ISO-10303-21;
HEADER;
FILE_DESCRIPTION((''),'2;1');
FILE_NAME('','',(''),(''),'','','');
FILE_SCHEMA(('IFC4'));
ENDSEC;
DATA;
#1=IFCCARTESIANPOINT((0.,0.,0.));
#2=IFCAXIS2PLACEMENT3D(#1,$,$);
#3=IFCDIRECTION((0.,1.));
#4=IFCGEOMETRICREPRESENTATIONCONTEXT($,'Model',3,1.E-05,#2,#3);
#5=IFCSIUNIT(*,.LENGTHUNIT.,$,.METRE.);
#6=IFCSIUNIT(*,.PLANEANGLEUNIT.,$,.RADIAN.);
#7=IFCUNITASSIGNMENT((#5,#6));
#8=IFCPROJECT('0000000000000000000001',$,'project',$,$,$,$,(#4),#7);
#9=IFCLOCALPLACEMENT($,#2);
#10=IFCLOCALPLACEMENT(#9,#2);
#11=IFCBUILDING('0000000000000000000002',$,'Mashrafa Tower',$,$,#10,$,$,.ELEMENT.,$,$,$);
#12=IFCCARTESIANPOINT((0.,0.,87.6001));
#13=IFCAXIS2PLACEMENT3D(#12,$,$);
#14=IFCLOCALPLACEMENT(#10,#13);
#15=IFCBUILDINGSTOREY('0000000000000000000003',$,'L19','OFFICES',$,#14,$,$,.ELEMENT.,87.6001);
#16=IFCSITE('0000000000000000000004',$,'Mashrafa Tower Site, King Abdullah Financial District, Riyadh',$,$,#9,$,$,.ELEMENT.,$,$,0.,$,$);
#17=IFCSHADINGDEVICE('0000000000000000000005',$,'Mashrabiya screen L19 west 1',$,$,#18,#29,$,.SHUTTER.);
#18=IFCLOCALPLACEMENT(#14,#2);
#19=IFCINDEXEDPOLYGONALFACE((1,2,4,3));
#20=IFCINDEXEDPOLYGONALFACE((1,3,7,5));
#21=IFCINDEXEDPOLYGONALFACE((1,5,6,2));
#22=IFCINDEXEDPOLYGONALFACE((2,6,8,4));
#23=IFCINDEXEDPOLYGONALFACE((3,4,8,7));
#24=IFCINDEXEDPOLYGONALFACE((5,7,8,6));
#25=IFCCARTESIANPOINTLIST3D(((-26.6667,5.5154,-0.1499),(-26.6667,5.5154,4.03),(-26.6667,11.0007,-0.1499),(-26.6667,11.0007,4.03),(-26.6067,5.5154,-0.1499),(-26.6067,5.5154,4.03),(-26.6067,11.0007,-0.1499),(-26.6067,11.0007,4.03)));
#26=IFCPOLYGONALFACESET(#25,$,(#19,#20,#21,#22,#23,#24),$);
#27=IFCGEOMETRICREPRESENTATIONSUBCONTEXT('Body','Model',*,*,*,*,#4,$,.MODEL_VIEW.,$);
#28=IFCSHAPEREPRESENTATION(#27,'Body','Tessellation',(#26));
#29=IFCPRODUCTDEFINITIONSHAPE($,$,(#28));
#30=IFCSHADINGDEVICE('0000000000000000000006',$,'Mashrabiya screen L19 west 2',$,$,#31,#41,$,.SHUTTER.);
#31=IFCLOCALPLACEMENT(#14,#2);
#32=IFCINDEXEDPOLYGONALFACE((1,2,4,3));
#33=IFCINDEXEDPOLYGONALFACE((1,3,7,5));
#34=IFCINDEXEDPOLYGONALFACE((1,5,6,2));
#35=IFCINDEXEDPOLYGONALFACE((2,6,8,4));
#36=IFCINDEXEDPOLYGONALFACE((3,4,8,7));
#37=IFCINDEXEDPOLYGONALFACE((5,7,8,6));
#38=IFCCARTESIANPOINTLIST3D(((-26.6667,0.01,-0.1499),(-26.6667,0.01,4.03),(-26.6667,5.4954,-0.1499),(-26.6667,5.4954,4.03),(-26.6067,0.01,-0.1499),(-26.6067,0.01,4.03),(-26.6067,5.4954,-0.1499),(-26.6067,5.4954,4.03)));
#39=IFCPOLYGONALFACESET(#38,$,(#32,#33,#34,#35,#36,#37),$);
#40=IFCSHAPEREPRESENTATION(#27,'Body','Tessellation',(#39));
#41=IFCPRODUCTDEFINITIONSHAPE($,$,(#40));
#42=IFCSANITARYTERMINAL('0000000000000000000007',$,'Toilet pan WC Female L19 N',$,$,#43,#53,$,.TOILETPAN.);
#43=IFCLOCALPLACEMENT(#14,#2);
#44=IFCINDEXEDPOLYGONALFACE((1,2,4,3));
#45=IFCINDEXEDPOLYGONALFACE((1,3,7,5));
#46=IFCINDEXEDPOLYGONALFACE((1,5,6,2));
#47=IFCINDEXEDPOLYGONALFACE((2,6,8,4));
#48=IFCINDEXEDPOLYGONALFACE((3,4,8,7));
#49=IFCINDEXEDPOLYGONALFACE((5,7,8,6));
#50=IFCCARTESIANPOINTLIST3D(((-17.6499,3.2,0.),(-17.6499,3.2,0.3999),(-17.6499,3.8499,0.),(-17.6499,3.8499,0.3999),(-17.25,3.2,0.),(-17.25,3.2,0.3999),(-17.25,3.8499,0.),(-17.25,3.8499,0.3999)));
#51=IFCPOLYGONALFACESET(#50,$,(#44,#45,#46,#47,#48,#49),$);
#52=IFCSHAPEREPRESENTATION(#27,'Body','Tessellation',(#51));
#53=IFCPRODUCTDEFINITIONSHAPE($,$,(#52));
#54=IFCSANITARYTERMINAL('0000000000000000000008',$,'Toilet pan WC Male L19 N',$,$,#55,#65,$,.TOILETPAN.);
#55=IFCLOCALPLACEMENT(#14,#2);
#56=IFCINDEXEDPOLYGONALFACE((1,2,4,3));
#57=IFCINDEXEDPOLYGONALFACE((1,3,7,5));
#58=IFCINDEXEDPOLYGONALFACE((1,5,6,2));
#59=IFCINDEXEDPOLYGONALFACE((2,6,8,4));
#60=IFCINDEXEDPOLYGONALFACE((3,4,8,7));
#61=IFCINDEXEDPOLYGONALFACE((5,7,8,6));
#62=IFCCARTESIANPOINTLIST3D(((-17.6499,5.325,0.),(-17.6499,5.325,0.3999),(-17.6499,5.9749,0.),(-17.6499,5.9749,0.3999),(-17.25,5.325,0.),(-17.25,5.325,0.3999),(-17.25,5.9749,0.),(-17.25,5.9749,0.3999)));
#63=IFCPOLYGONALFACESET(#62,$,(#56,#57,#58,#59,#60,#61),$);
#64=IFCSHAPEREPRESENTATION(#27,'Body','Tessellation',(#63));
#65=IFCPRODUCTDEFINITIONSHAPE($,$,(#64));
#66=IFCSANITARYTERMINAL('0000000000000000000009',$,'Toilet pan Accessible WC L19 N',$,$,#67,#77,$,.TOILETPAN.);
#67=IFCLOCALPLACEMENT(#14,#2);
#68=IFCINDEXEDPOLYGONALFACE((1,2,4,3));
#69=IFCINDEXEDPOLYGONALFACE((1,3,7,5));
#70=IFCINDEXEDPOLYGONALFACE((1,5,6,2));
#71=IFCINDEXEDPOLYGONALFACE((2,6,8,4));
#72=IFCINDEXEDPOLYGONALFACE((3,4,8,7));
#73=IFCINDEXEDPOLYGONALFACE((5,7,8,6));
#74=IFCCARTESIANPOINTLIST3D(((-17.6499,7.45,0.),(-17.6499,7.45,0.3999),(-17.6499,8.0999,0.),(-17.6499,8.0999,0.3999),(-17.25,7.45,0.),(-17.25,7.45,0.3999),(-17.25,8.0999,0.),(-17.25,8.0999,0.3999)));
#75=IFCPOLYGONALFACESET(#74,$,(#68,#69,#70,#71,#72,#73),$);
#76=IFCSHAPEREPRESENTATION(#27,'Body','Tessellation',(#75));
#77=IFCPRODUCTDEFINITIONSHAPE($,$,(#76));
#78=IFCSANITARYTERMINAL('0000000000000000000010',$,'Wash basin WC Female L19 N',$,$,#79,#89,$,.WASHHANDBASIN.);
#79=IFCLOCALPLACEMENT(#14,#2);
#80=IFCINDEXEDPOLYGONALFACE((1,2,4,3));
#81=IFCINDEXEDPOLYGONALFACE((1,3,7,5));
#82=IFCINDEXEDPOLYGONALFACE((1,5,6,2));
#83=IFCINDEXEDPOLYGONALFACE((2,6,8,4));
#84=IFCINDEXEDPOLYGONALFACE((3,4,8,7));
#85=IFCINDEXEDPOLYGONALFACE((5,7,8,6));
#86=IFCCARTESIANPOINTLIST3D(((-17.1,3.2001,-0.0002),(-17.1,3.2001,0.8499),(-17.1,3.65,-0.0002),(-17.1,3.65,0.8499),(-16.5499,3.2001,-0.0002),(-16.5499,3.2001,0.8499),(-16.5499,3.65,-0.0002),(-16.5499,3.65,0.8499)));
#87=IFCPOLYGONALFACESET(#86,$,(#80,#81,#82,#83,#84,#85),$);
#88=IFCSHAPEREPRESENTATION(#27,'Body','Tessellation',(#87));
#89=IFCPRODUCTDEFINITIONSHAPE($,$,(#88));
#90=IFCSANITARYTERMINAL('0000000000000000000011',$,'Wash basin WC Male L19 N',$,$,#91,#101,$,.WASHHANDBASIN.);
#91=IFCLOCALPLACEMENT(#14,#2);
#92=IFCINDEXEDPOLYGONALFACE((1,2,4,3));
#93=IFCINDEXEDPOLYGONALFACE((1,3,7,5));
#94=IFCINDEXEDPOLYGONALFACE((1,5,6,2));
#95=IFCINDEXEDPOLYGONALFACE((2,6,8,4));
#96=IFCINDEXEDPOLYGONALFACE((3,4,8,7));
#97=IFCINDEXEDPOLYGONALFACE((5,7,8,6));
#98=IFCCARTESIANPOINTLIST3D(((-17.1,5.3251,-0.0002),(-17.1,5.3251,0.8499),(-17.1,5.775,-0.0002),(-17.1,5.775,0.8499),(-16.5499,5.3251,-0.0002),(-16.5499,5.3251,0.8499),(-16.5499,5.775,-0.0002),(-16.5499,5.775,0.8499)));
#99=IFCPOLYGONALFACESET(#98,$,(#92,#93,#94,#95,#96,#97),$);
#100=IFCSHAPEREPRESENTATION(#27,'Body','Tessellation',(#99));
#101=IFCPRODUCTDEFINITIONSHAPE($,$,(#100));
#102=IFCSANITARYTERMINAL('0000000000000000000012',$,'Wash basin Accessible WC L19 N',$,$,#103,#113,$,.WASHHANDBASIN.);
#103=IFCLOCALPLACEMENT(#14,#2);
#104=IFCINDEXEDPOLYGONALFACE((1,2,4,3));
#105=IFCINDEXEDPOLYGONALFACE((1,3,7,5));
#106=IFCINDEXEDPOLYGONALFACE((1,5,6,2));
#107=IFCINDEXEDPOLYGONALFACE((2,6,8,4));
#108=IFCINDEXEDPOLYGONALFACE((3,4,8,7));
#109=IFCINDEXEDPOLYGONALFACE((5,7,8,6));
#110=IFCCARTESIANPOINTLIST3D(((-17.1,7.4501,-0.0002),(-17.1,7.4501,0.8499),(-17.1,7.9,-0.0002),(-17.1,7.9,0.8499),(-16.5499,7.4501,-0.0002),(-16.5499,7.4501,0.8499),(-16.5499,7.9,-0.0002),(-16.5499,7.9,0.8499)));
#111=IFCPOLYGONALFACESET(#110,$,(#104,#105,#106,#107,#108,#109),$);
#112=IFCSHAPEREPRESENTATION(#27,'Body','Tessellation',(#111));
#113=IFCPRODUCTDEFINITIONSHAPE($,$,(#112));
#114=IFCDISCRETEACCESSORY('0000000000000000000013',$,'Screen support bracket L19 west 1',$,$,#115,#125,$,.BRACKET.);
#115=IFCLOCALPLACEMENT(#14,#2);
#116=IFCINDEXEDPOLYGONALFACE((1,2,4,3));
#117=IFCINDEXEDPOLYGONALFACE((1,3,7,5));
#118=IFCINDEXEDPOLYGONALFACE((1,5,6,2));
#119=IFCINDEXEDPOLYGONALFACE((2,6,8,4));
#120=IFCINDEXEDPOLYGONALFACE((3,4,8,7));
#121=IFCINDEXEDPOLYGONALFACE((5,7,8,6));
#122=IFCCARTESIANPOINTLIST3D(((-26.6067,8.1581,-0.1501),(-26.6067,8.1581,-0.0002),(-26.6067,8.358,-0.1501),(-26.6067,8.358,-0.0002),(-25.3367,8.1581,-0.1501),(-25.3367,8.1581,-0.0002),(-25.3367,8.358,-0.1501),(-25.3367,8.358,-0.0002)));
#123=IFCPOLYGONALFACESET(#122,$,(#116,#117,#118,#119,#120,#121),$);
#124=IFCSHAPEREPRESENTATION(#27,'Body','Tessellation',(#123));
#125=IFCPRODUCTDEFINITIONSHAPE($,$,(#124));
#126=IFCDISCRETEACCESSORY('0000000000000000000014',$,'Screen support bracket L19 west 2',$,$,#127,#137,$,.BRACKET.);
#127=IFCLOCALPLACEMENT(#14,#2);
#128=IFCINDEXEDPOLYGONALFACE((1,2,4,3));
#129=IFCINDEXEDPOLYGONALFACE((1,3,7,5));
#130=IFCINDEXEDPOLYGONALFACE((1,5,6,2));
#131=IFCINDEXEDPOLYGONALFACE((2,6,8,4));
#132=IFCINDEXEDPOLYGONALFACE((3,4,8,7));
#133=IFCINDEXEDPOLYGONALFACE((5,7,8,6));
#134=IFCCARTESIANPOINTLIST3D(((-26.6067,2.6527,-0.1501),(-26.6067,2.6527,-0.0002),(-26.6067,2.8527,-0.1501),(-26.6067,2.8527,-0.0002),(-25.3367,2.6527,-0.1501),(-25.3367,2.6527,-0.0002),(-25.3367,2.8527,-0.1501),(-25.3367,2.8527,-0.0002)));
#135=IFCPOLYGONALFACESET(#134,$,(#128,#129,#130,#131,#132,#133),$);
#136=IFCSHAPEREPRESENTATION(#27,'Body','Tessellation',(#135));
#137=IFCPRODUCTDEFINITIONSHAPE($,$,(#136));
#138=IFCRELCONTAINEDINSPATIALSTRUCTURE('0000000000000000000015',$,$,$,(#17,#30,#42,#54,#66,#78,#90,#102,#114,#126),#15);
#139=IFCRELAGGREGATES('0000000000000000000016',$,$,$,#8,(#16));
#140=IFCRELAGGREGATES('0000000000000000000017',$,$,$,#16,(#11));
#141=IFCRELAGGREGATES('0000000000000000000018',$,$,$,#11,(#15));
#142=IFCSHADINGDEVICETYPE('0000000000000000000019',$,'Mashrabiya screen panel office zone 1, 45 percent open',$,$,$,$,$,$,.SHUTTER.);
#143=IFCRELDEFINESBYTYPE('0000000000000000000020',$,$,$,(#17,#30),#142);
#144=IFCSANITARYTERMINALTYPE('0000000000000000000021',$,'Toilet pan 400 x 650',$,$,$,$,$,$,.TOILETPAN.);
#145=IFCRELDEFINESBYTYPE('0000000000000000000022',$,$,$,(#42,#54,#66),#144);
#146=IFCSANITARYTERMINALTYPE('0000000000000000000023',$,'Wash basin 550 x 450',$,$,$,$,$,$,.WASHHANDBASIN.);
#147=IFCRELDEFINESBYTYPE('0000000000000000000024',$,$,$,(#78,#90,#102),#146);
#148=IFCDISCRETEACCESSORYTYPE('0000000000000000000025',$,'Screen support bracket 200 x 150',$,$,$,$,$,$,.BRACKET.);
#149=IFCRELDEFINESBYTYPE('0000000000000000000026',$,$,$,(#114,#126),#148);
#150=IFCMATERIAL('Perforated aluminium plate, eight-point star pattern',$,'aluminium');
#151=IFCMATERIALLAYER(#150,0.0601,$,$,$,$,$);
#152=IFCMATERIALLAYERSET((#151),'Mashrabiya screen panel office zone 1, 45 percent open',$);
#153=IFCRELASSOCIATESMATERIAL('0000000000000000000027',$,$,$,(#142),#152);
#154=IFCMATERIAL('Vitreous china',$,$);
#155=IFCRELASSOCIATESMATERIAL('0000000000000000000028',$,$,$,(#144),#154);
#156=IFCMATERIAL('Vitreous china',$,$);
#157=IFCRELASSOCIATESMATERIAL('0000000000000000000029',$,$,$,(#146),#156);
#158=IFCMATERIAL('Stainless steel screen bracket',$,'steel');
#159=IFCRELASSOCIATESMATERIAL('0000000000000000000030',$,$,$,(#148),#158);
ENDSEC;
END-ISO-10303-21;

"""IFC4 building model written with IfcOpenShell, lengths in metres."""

from ifc_helpers import new_model, si_unit, direction, frame, origin, origin_2d, place, context, subcontext, project, spatial, rectangle, extrude, source, transform, mapped, material, layer, layer_set, type_object, type_shapes, element, save


model = new_model("IFC4")

# Units and contexts
model_context = context("Model", 3, precision=1e-05, world=origin(), true_north=direction((0.0, 1.0)))
body_context = subcontext(model_context, "Body", "Model", "MODEL_VIEW")
ifc_project = project(units=[si_unit("LENGTHUNIT", "METRE"), si_unit("PLANEANGLEUNIT", "RADIAN")], contexts=[model_context])

# Site, building, storey
site_placement = place(None, origin())
site = spatial("IfcSite", under=ifc_project, at=site_placement, Name="Mashrafa Tower Site, King Abdullah Financial District, Riyadh", CompositionType="ELEMENT", RefElevation=0.0)
building_placement = place(site_placement, origin())
building = spatial("IfcBuilding", under=site, at=building_placement, Name="Mashrafa Tower", CompositionType="ELEMENT")
storey_placement = place(building_placement, frame((0.0, 0.0, 87.6001)))
storey = spatial("IfcBuildingStorey", under=building, at=storey_placement, Name="L19", Description="OFFICES", CompositionType="ELEMENT", Elevation=87.6001)

# Shading devices
ifc_material_1 = material(Name="Perforated aluminium plate, eight-point star pattern", Category="aluminium")
ifc_layer_1 = layer(ifc_material_1, 0.0601)
ifc_layer_set_1 = layer_set([ifc_layer_1], Name="Mashrabiya screen panel office zone 1, 45 percent open")
shading_device_type = type_object("IfcShadingDeviceType", Name="Mashrabiya screen panel office zone 1, 45 percent open", PredefinedType="SHUTTER", material=ifc_layer_set_1)
shared_shape_1 = source(origin(), body_context, "Body", "SweptSolid", [
    extrude(rectangle(XDim=5.4854, YDim=0.0601, at=origin_2d()), origin(), (0.0, 0.0, 1.0), 4.1799),
])
type_shapes(shading_device_type, [shared_shape_1])
for number, where, z_axis, x_axis, name in (
    (1, (-26.6367, 8.2581, -0.1499), (0.0, 0.0, 1.0), (0.0, -1.0, 0.0), "Mashrabiya screen L19 west 1"),
    (2, (-26.6367, 2.7527, -0.1499), (0.0, 0.0, 1.0), (0.0, -1.0, 0.0), "Mashrabiya screen L19 west 2"),
):
    element("IfcShadingDevice", number, at=place(storey_placement, frame(where, z_axis=z_axis, x_axis=x_axis)), inside=storey, type_object=shading_device_type, Name=name, PredefinedType="SHUTTER", context=body_context, shape_type="MappedRepresentation", body=[
        mapped(shared_shape_1, transform((0.0, 0.0, 0.0))),
    ])

# Sanitary terminals
ifc_material_2 = material(Name="Vitreous china")
sanitary_terminal_type_1 = type_object("IfcSanitaryTerminalType", Name="Toilet pan 400 x 650", PredefinedType="TOILETPAN", material=ifc_material_2)
for number, where, z_axis, x_axis, name in (
    (3, (-17.45, 3.5249, 0.0), (0.0, 0.0, 1.0), (1.0, 0.0, 0.0), "Toilet pan WC Female L19 N"),
    (4, (-17.45, 5.6499, 0.0), (0.0, 0.0, 1.0), (1.0, 0.0, 0.0), "Toilet pan WC Male L19 N"),
    (5, (-17.45, 7.7749, 0.0), (0.0, 0.0, 1.0), (1.0, 0.0, 0.0), "Toilet pan Accessible WC L19 N"),
):
    element("IfcSanitaryTerminal", number, at=place(storey_placement, frame(where, z_axis=z_axis, x_axis=x_axis)), inside=storey, type_object=sanitary_terminal_type_1, Name=name, PredefinedType="TOILETPAN", context=body_context, shape_type="SweptSolid", body=[
        extrude(rectangle(XDim=0.3999, YDim=0.6499, at=origin_2d()), origin(), (0.0, 0.0, 1.0), 0.3999),
    ])
ifc_material_3 = material(Name="Vitreous china")
sanitary_terminal_type_2 = type_object("IfcSanitaryTerminalType", Name="Wash basin 550 x 450", PredefinedType="WASHHANDBASIN", material=ifc_material_3)
for number, where, z_axis, x_axis, name in (
    (6, (-16.825, 3.425, -0.0002), (0.0, 0.0, 1.0), (1.0, 0.0, 0.0), "Wash basin WC Female L19 N"),
    (7, (-16.825, 5.55, -0.0002), (0.0, 0.0, 1.0), (1.0, 0.0, 0.0), "Wash basin WC Male L19 N"),
    (8, (-16.825, 7.675, -0.0002), (0.0, 0.0, 1.0), (1.0, 0.0, 0.0), "Wash basin Accessible WC L19 N"),
):
    element("IfcSanitaryTerminal", number, at=place(storey_placement, frame(where, z_axis=z_axis, x_axis=x_axis)), inside=storey, type_object=sanitary_terminal_type_2, Name=name, PredefinedType="WASHHANDBASIN", context=body_context, shape_type="SweptSolid", body=[
        extrude(rectangle(XDim=0.55, YDim=0.45, at=origin_2d()), origin(), (0.0, 0.0, 1.0), 0.8501),
    ])

# Discrete accessories
ifc_material_4 = material(Name="Stainless steel screen bracket", Category="steel")
discrete_accessory_type = type_object("IfcDiscreteAccessoryType", Name="Screen support bracket 200 x 150", PredefinedType="BRACKET", material=ifc_material_4)
shared_shape_2 = source(origin(), body_context, "Body", "SweptSolid", [
    extrude(rectangle(XDim=0.2, YDim=1.27, at=origin_2d()), origin(), (0.0, 0.0, 1.0), 0.1499),
])
type_shapes(discrete_accessory_type, [shared_shape_2])
for number, where, z_axis, x_axis, name in (
    (9, (-25.9717, 8.2581, -0.1501), (0.0, 0.0, 1.0), (0.0, -1.0, 0.0), "Screen support bracket L19 west 1"),
    (10, (-25.9717, 2.7527, -0.1501), (0.0, 0.0, 1.0), (0.0, -1.0, 0.0), "Screen support bracket L19 west 2"),
):
    element("IfcDiscreteAccessory", number, at=place(storey_placement, frame(where, z_axis=z_axis, x_axis=x_axis)), inside=storey, type_object=discrete_accessory_type, Name=name, PredefinedType="BRACKET", context=body_context, shape_type="MappedRepresentation", body=[
        mapped(shared_shape_2, transform((0.0, 0.0, 0.0))),
    ])

save(model, "model.ifc")
